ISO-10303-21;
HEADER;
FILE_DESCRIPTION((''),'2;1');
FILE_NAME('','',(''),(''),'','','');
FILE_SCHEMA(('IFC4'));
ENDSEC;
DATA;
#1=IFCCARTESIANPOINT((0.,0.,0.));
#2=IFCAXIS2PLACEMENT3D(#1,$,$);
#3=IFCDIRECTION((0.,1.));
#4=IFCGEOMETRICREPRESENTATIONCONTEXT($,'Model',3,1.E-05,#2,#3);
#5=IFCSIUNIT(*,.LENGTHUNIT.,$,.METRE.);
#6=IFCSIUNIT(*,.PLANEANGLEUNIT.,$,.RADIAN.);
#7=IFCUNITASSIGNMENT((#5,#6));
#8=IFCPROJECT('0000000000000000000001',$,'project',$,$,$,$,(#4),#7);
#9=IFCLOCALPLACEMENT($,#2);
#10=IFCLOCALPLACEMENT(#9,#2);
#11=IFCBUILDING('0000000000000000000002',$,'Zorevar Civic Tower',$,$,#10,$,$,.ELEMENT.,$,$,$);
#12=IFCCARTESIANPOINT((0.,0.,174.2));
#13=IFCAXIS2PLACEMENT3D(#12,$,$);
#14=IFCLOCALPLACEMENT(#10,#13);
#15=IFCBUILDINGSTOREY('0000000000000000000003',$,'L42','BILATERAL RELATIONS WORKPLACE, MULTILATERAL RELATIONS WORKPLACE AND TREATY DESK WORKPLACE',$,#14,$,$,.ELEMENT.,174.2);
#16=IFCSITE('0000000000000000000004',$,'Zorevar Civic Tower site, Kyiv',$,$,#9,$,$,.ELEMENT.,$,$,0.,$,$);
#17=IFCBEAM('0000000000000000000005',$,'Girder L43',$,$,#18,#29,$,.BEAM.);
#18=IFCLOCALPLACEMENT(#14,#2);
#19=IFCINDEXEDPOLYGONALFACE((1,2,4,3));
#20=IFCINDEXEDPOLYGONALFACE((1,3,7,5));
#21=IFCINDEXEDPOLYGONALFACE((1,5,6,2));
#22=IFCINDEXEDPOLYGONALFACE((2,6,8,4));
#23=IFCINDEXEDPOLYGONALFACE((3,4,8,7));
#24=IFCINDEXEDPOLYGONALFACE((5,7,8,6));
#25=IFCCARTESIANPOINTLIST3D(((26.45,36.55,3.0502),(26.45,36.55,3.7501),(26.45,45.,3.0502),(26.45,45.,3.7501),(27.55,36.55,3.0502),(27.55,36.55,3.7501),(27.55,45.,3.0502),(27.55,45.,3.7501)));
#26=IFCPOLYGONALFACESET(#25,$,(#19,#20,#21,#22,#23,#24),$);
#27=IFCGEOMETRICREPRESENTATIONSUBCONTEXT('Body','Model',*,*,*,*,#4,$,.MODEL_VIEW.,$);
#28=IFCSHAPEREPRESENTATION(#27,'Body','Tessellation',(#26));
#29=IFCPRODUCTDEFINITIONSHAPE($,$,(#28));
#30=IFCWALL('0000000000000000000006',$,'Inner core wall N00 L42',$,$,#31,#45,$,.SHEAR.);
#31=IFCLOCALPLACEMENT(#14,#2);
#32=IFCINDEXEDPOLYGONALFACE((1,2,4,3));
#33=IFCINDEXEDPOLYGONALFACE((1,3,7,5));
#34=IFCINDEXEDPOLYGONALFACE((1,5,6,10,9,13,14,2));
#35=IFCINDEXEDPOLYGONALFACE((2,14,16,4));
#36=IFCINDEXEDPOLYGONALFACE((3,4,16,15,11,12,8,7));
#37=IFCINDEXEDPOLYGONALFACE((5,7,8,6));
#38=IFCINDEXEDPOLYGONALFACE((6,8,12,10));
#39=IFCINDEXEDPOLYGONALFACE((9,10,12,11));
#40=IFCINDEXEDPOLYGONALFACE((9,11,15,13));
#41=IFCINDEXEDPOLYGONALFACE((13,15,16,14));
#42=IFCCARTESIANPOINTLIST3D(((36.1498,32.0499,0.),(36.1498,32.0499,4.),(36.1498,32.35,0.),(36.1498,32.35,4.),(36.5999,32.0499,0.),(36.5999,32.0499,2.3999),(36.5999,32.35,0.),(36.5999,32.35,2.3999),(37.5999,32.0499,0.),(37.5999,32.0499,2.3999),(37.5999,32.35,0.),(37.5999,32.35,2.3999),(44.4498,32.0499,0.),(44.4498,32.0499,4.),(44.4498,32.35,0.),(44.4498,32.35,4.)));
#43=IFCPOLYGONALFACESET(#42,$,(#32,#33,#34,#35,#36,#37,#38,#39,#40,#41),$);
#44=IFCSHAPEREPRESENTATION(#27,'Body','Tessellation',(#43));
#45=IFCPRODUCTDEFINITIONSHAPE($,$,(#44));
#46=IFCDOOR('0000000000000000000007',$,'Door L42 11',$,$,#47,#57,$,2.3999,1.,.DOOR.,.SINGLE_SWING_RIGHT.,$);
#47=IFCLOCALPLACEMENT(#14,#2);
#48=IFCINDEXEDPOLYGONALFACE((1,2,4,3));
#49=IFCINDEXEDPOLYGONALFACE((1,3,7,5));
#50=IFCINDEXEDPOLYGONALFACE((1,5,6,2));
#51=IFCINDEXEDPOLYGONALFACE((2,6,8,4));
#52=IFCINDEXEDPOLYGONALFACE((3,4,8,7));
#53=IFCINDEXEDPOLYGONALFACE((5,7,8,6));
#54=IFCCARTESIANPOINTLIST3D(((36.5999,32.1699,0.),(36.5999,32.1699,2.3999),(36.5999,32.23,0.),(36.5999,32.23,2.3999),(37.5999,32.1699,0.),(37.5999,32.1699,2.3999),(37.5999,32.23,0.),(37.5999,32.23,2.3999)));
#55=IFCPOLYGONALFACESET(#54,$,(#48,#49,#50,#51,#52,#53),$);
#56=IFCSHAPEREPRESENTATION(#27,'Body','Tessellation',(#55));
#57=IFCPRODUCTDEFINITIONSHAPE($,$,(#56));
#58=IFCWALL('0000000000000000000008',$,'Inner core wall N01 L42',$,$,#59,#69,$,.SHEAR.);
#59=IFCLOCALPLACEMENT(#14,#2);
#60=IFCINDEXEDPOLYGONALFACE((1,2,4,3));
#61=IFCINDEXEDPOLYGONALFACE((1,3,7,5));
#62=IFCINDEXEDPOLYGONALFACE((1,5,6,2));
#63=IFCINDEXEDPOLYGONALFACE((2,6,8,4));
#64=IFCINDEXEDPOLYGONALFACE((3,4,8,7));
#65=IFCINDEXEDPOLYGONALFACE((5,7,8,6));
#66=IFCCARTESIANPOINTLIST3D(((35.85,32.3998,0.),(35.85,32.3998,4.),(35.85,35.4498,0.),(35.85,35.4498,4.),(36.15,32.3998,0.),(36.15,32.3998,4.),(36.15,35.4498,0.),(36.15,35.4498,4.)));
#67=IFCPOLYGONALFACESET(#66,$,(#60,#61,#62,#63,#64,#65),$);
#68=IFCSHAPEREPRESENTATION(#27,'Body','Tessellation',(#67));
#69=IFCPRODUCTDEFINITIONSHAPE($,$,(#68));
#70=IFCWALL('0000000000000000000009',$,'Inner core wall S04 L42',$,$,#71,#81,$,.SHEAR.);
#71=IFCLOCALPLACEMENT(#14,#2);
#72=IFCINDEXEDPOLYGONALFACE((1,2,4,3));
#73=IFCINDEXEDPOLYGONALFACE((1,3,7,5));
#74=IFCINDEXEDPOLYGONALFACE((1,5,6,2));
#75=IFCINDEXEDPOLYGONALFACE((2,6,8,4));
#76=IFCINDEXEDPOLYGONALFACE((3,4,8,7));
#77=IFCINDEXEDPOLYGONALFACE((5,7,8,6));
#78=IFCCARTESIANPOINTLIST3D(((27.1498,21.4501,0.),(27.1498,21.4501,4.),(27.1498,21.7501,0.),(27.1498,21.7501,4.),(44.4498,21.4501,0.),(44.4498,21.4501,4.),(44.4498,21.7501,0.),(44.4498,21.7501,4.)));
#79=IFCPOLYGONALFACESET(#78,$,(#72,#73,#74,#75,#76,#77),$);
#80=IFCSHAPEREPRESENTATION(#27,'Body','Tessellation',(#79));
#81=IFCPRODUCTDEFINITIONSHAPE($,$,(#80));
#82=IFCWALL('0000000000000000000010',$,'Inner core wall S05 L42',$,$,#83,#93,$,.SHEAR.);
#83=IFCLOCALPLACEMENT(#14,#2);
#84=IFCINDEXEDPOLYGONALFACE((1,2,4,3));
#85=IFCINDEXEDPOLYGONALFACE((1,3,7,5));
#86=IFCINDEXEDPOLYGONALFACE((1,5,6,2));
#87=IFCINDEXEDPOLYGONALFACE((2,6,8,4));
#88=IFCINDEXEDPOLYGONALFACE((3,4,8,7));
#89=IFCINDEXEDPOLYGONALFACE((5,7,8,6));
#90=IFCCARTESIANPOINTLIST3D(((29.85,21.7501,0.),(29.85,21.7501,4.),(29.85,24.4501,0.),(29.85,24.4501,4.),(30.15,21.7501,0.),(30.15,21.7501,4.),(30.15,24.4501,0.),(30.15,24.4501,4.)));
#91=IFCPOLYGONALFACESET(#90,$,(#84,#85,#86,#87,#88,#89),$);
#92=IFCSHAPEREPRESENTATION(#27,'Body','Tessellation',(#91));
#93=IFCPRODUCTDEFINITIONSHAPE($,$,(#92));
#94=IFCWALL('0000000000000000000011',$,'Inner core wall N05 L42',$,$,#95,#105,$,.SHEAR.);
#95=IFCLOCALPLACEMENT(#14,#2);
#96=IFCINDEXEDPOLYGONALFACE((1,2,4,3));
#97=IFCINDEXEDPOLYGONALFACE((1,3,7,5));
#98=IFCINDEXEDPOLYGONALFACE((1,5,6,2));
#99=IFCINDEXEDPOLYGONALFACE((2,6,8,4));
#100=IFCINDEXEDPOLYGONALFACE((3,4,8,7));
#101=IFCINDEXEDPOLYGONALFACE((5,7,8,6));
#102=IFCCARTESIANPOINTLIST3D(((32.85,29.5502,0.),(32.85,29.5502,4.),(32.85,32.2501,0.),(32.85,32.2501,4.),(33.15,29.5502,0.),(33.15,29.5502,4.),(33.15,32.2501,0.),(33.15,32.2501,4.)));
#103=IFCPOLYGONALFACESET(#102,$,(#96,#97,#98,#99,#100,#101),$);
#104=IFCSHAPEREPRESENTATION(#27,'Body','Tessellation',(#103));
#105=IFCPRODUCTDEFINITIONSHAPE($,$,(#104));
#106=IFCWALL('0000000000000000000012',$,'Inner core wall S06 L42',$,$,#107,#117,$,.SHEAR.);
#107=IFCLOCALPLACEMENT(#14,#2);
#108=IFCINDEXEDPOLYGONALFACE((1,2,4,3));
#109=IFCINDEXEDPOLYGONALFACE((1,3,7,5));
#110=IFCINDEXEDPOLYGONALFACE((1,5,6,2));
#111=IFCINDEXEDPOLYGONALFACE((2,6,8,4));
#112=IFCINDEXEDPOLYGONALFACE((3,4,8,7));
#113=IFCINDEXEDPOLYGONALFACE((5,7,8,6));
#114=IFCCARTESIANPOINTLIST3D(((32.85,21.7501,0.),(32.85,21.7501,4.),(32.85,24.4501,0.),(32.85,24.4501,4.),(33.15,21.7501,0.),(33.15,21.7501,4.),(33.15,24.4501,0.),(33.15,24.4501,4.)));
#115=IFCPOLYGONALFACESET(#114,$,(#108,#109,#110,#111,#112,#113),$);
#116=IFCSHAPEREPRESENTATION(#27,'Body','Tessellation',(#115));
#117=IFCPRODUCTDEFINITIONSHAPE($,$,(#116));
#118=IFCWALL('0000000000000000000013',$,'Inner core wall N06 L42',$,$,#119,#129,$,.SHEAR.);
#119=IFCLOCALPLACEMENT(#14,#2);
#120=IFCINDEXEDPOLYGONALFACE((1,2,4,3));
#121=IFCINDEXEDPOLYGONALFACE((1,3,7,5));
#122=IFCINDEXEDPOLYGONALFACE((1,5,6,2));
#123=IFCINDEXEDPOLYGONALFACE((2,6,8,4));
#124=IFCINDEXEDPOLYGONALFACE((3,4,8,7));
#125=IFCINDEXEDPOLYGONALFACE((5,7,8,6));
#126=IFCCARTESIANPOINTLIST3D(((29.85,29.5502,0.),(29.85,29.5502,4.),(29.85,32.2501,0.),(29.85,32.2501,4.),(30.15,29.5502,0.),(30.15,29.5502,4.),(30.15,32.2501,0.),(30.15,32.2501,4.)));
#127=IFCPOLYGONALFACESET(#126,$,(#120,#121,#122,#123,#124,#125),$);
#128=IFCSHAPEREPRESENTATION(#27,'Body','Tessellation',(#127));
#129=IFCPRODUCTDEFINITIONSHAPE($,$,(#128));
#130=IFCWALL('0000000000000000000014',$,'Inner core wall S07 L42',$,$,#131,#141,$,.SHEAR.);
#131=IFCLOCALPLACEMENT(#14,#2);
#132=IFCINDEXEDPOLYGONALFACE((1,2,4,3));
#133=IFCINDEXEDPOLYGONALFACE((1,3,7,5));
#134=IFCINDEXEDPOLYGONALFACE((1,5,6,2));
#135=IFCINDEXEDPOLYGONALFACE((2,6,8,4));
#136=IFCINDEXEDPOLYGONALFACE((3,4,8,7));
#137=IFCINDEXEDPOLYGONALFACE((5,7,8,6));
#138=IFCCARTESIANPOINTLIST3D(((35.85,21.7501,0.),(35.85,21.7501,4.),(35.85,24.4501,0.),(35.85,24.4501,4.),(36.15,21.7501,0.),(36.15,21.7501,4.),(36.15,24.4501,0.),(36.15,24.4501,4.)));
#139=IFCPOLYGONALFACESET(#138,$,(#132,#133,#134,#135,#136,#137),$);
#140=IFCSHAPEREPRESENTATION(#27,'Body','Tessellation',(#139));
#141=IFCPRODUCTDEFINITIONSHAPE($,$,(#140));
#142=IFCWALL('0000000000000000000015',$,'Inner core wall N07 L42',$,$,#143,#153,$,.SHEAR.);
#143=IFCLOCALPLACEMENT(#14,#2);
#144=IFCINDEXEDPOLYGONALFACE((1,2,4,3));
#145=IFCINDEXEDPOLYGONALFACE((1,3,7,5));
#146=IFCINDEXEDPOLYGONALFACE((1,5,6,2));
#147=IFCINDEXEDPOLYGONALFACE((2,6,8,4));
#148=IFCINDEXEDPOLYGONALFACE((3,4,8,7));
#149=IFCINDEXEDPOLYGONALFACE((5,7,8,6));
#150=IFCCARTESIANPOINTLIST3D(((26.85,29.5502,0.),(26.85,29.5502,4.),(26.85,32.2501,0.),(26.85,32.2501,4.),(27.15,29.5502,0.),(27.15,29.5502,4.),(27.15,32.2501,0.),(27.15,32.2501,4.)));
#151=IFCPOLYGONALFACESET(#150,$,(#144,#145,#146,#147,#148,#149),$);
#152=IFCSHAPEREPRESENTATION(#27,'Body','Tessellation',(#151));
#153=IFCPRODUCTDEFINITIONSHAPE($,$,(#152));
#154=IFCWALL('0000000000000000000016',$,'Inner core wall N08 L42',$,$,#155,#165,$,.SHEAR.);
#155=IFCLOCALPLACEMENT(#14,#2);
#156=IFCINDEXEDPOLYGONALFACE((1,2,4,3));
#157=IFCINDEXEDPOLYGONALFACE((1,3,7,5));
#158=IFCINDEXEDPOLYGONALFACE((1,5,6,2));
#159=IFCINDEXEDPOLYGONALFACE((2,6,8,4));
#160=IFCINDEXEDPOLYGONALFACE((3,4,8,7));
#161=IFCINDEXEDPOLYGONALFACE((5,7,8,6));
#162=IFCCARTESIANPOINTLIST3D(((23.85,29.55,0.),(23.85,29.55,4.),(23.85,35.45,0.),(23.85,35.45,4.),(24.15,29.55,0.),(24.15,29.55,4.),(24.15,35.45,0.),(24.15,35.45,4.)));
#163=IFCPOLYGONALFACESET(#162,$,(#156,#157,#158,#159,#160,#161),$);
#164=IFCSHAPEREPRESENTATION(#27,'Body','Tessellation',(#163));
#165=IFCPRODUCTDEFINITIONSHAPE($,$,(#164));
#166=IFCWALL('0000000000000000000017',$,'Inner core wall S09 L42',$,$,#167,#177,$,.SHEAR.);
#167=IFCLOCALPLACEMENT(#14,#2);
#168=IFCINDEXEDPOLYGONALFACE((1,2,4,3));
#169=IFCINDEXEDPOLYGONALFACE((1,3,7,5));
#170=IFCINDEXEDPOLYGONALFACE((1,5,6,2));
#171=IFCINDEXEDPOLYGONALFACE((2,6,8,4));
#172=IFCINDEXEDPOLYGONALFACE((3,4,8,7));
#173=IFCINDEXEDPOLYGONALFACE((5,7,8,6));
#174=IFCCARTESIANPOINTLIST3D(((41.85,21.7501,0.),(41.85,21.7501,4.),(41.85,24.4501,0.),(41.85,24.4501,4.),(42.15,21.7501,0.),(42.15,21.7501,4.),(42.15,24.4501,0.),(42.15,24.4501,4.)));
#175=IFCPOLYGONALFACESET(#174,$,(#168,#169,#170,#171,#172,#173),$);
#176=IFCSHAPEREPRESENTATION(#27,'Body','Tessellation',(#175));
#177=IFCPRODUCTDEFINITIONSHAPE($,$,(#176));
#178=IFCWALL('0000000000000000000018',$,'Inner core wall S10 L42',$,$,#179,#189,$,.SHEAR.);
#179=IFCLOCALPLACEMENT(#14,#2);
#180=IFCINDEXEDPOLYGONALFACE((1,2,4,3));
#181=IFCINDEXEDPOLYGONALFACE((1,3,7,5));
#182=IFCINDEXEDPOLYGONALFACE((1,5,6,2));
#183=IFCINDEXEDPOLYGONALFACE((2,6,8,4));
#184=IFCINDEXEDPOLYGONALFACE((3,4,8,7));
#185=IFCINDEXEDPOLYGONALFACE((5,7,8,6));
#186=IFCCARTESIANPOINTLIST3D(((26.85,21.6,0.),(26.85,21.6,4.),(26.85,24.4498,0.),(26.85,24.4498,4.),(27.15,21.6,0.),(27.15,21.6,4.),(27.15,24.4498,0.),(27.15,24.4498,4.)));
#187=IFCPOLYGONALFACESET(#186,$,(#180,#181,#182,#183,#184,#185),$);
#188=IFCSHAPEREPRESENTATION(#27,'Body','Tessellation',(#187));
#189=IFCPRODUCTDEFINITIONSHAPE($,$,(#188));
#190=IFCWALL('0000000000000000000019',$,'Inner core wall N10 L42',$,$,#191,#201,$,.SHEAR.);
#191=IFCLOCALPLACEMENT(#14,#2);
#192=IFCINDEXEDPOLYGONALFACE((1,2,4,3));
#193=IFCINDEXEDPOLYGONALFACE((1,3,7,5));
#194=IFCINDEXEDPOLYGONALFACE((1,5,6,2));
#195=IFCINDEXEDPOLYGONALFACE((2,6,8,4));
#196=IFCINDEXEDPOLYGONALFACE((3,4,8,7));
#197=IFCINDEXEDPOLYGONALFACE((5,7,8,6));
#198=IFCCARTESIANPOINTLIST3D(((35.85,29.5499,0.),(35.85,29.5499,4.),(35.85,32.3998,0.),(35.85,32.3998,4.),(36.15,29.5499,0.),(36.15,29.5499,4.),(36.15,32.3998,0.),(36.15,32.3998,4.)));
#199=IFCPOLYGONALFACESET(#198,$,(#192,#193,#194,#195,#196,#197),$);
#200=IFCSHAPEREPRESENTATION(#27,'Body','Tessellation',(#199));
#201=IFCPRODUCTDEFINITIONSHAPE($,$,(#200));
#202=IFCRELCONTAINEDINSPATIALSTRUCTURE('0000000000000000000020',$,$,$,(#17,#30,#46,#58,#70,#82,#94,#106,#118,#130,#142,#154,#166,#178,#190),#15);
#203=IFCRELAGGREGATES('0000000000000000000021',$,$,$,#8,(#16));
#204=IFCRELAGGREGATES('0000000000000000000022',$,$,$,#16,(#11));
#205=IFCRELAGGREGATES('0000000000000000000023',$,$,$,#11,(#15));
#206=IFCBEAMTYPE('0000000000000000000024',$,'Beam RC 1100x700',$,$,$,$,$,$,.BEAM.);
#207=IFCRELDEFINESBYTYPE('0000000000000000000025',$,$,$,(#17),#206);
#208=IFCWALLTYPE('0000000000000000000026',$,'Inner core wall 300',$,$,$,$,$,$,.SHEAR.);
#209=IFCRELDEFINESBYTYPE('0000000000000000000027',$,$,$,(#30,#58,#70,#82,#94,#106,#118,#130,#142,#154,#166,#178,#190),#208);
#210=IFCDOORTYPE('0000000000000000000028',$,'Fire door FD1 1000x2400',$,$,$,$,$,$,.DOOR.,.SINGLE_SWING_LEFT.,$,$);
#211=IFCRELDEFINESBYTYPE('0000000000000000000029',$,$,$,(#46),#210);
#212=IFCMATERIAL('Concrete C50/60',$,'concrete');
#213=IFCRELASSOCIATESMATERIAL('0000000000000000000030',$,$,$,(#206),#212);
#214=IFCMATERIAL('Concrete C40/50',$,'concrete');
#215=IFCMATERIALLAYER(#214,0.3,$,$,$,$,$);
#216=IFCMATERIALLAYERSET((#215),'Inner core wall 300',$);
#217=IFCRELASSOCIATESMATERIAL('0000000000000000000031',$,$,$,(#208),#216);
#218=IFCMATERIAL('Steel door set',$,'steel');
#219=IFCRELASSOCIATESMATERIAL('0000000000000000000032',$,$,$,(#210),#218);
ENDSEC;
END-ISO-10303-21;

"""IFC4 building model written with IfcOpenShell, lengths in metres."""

from ifc_helpers import new_model, si_unit, direction, frame, frame_2d, origin, origin_2d, place, context, subcontext, project, spatial, rectangle, extrude, material, layer, layer_set, material_profile, profile_set, type_object, element, fill, save


model = new_model("IFC4")

# Units and contexts
model_context = context("Model", 3, precision=1e-05, world=origin(), true_north=direction((0.0, 1.0)))
body_context = subcontext(model_context, "Body", "Model", "MODEL_VIEW")
ifc_project = project(units=[si_unit("LENGTHUNIT", "METRE"), si_unit("PLANEANGLEUNIT", "RADIAN")], contexts=[model_context])

# Site, building, storey
site_placement = place(None, origin())
site = spatial("IfcSite", under=ifc_project, at=site_placement, Name="Zorevar Civic Tower site, Kyiv", CompositionType="ELEMENT", RefElevation=0.0)
building_placement = place(site_placement, origin())
building = spatial("IfcBuilding", under=site, at=building_placement, Name="Zorevar Civic Tower", CompositionType="ELEMENT")
storey_placement = place(building_placement, frame((0.0, 0.0, 174.2)))
storey = spatial("IfcBuildingStorey", under=building, at=storey_placement, Name="L42", Description="BILATERAL RELATIONS WORKPLACE, MULTILATERAL RELATIONS WORKPLACE AND TREATY DESK WORKPLACE", CompositionType="ELEMENT", Elevation=174.2)

# Beam
ifc_material_1 = material(Name="Concrete C50/60", Category="concrete")
ifc_material_profile = material_profile(ifc_material_1, rectangle(XDim=1.1001, YDim=0.7, at=origin_2d()), Name="RC 1100x700")
ifc_profile_set = profile_set([ifc_material_profile], Name="Concrete C50/60")
beam_type = type_object("IfcBeamType", Name="Beam RC 1100x700", PredefinedType="BEAM", material=ifc_profile_set)
beam_placement = place(storey_placement, frame((27.0, 36.55, 3.4001), z_axis=(0.0, 1.0, 0.0), x_axis=(-1.0, 0.0, 0.0)))
element("IfcBeam", 1, at=beam_placement, inside=storey, type_object=beam_type, Name="Girder L43", PredefinedType="BEAM", context=body_context, shape_type="SweptSolid", body=[
    extrude(rectangle(XDim=1.1001, YDim=0.7, at=origin_2d()), origin(), (0.0, 0.0, 1.0), 8.45),
])

# Wall, opening, door
ifc_material_2 = material(Name="Concrete C40/50", Category="concrete")
ifc_layer_1 = layer(ifc_material_2, 0.3)
ifc_layer_set_1 = layer_set([ifc_layer_1], Name="Inner core wall 300")
wall_type_1 = type_object("IfcWallType", Name="Inner core wall 300", PredefinedType="SHEAR", material=ifc_layer_set_1)
wall_1_placement = place(storey_placement, frame((36.1499, 32.2, 0.0), z_axis=(0.0, 0.0, 1.0), x_axis=(1.0, 0.0, 0.0)))
wall_1 = element("IfcWall", 2, at=wall_1_placement, inside=storey, type_object=wall_type_1, Name="Inner core wall N00 L42", PredefinedType="SHEAR", context=body_context, shape_type="SweptSolid", body=[
    extrude(rectangle(XDim=8.3, YDim=0.3, at=frame_2d((4.1499, 0.0))), origin(), (0.0, 0.0, 1.0), 4.0),
])
opening_1_placement = place(wall_1_placement, frame((0.45, 0.0, 0.0)))
opening_1 = element("IfcOpeningElement", 3, at=opening_1_placement, cuts=wall_1, PredefinedType="OPENING", context=body_context, shape_type="SweptSolid", body=[
    extrude(rectangle(XDim=1.0, YDim=2.3999, at=frame_2d((0.5, 1.2))), frame((0.0, 0.1599, 0.0), z_axis=(0.0, -1.0, 0.0), x_axis=(1.0, 0.0, 0.0)), (0.0, 0.0, 1.0), 0.3201),
])
ifc_material_3 = material(Name="Steel door set", Category="steel")
door_type_1 = type_object("IfcDoorType", Name="Fire door FD1 1000x2400", OperationType="SINGLE_SWING_LEFT", PredefinedType="DOOR", material=ifc_material_3)
door_1_placement = place(opening_1_placement, origin())
door_1 = element("IfcDoor", 4, at=door_1_placement, inside=storey, type_object=door_type_1, Name="Door L42 11", OperationType="SINGLE_SWING_RIGHT", OverallHeight=2.3999, OverallWidth=1.0, PredefinedType="DOOR", context=body_context, shape_type="SweptSolid", body=[
    extrude(rectangle(XDim=1.0, YDim=2.3999, at=frame_2d((0.5, 1.2))), frame((0.0, 0.03, 0.0), z_axis=(0.0, -1.0, 0.0), x_axis=(1.0, 0.0, 0.0)), (0.0, 0.0, 1.0), 0.0601),
])
fill(opening_1, door_1)

# Wall
wall_2_placement = place(storey_placement, frame((36.0, 32.3999, 0.0), z_axis=(0.0, 0.0, 1.0), x_axis=(0.0, 1.0, 0.0)))
element("IfcWall", 5, at=wall_2_placement, inside=storey, type_object=wall_type_1, Name="Inner core wall N01 L42", PredefinedType="SHEAR", context=body_context, shape_type="SweptSolid", body=[
    extrude(rectangle(XDim=3.05, YDim=0.3, at=frame_2d((1.5249, 0.0))), origin(), (0.0, 0.0, 1.0), 4.0),
])

# Walls
wall_3_placement = place(storey_placement, frame((27.1499, 21.6001, 0.0), z_axis=(0.0, 0.0, 1.0), x_axis=(1.0, 0.0, 0.0)))
element("IfcWall", 6, at=wall_3_placement, inside=storey, type_object=wall_type_1, Name="Inner core wall S04 L42", PredefinedType="SHEAR", context=body_context, shape_type="SweptSolid", body=[
    extrude(rectangle(XDim=17.3, YDim=0.3, at=frame_2d((8.6499, 0.0))), origin(), (0.0, 0.0, 1.0), 4.0),
])
for number, where, z_axis, x_axis, name in (
    (7, (30.0, 21.75, 0.0), (0.0, 0.0, 1.0), (0.0, 1.0, 0.0), "Inner core wall S05 L42"),
    (8, (33.0, 29.55, 0.0), (0.0, 0.0, 1.0), (0.0, 1.0, 0.0), "Inner core wall N05 L42"),
    (9, (33.0, 21.75, 0.0), (0.0, 0.0, 1.0), (0.0, 1.0, 0.0), "Inner core wall S06 L42"),
    (10, (30.0, 29.55, 0.0), (0.0, 0.0, 1.0), (0.0, 1.0, 0.0), "Inner core wall N06 L42"),
    (11, (36.0, 21.75, 0.0), (0.0, 0.0, 1.0), (0.0, 1.0, 0.0), "Inner core wall S07 L42"),
    (12, (27.0, 29.55, 0.0), (0.0, 0.0, 1.0), (0.0, 1.0, 0.0), "Inner core wall N07 L42"),
):
    element("IfcWall", number, at=place(storey_placement, frame(where, z_axis=z_axis, x_axis=x_axis)), inside=storey, type_object=wall_type_1, Name=name, PredefinedType="SHEAR", context=body_context, shape_type="SweptSolid", body=[
        extrude(rectangle(XDim=2.7, YDim=0.3, at=frame_2d((1.3501, 0.0))), origin(), (0.0, 0.0, 1.0), 4.0),
    ])
wall_4_placement = place(storey_placement, frame((24.0, 29.55, 0.0), z_axis=(0.0, 0.0, 1.0), x_axis=(0.0, 1.0, 0.0)))
element("IfcWall", 13, at=wall_4_placement, inside=storey, type_object=wall_type_1, Name="Inner core wall N08 L42", PredefinedType="SHEAR", context=body_context, shape_type="SweptSolid", body=[
    extrude(rectangle(XDim=5.8999, YDim=0.3, at=frame_2d((2.95, 0.0))), origin(), (0.0, 0.0, 1.0), 4.0),
])
wall_5_placement = place(storey_placement, frame((42.0, 21.75, 0.0), z_axis=(0.0, 0.0, 1.0), x_axis=(0.0, 1.0, 0.0)))
element("IfcWall", 14, at=wall_5_placement, inside=storey, type_object=wall_type_1, Name="Inner core wall S09 L42", PredefinedType="SHEAR", context=body_context, shape_type="SweptSolid", body=[
    extrude(rectangle(XDim=2.7, YDim=0.3, at=frame_2d((1.3501, 0.0))), origin(), (0.0, 0.0, 1.0), 4.0),
])
for number, where, z_axis, x_axis, name in (
    (15, (27.0, 21.6001, 0.0), (0.0, 0.0, 1.0), (0.0, 1.0, 0.0), "Inner core wall S10 L42"),
    (16, (36.0, 29.55, 0.0), (0.0, 0.0, 1.0), (0.0, 1.0, 0.0), "Inner core wall N10 L42"),
):
    element("IfcWall", number, at=place(storey_placement, frame(where, z_axis=z_axis, x_axis=x_axis)), inside=storey, type_object=wall_type_1, Name=name, PredefinedType="SHEAR", context=body_context, shape_type="SweptSolid", body=[
        extrude(rectangle(XDim=2.8499, YDim=0.3, at=frame_2d((1.4248, 0.0))), origin(), (0.0, 0.0, 1.0), 4.0),
    ])

save(model, "model.ifc")
